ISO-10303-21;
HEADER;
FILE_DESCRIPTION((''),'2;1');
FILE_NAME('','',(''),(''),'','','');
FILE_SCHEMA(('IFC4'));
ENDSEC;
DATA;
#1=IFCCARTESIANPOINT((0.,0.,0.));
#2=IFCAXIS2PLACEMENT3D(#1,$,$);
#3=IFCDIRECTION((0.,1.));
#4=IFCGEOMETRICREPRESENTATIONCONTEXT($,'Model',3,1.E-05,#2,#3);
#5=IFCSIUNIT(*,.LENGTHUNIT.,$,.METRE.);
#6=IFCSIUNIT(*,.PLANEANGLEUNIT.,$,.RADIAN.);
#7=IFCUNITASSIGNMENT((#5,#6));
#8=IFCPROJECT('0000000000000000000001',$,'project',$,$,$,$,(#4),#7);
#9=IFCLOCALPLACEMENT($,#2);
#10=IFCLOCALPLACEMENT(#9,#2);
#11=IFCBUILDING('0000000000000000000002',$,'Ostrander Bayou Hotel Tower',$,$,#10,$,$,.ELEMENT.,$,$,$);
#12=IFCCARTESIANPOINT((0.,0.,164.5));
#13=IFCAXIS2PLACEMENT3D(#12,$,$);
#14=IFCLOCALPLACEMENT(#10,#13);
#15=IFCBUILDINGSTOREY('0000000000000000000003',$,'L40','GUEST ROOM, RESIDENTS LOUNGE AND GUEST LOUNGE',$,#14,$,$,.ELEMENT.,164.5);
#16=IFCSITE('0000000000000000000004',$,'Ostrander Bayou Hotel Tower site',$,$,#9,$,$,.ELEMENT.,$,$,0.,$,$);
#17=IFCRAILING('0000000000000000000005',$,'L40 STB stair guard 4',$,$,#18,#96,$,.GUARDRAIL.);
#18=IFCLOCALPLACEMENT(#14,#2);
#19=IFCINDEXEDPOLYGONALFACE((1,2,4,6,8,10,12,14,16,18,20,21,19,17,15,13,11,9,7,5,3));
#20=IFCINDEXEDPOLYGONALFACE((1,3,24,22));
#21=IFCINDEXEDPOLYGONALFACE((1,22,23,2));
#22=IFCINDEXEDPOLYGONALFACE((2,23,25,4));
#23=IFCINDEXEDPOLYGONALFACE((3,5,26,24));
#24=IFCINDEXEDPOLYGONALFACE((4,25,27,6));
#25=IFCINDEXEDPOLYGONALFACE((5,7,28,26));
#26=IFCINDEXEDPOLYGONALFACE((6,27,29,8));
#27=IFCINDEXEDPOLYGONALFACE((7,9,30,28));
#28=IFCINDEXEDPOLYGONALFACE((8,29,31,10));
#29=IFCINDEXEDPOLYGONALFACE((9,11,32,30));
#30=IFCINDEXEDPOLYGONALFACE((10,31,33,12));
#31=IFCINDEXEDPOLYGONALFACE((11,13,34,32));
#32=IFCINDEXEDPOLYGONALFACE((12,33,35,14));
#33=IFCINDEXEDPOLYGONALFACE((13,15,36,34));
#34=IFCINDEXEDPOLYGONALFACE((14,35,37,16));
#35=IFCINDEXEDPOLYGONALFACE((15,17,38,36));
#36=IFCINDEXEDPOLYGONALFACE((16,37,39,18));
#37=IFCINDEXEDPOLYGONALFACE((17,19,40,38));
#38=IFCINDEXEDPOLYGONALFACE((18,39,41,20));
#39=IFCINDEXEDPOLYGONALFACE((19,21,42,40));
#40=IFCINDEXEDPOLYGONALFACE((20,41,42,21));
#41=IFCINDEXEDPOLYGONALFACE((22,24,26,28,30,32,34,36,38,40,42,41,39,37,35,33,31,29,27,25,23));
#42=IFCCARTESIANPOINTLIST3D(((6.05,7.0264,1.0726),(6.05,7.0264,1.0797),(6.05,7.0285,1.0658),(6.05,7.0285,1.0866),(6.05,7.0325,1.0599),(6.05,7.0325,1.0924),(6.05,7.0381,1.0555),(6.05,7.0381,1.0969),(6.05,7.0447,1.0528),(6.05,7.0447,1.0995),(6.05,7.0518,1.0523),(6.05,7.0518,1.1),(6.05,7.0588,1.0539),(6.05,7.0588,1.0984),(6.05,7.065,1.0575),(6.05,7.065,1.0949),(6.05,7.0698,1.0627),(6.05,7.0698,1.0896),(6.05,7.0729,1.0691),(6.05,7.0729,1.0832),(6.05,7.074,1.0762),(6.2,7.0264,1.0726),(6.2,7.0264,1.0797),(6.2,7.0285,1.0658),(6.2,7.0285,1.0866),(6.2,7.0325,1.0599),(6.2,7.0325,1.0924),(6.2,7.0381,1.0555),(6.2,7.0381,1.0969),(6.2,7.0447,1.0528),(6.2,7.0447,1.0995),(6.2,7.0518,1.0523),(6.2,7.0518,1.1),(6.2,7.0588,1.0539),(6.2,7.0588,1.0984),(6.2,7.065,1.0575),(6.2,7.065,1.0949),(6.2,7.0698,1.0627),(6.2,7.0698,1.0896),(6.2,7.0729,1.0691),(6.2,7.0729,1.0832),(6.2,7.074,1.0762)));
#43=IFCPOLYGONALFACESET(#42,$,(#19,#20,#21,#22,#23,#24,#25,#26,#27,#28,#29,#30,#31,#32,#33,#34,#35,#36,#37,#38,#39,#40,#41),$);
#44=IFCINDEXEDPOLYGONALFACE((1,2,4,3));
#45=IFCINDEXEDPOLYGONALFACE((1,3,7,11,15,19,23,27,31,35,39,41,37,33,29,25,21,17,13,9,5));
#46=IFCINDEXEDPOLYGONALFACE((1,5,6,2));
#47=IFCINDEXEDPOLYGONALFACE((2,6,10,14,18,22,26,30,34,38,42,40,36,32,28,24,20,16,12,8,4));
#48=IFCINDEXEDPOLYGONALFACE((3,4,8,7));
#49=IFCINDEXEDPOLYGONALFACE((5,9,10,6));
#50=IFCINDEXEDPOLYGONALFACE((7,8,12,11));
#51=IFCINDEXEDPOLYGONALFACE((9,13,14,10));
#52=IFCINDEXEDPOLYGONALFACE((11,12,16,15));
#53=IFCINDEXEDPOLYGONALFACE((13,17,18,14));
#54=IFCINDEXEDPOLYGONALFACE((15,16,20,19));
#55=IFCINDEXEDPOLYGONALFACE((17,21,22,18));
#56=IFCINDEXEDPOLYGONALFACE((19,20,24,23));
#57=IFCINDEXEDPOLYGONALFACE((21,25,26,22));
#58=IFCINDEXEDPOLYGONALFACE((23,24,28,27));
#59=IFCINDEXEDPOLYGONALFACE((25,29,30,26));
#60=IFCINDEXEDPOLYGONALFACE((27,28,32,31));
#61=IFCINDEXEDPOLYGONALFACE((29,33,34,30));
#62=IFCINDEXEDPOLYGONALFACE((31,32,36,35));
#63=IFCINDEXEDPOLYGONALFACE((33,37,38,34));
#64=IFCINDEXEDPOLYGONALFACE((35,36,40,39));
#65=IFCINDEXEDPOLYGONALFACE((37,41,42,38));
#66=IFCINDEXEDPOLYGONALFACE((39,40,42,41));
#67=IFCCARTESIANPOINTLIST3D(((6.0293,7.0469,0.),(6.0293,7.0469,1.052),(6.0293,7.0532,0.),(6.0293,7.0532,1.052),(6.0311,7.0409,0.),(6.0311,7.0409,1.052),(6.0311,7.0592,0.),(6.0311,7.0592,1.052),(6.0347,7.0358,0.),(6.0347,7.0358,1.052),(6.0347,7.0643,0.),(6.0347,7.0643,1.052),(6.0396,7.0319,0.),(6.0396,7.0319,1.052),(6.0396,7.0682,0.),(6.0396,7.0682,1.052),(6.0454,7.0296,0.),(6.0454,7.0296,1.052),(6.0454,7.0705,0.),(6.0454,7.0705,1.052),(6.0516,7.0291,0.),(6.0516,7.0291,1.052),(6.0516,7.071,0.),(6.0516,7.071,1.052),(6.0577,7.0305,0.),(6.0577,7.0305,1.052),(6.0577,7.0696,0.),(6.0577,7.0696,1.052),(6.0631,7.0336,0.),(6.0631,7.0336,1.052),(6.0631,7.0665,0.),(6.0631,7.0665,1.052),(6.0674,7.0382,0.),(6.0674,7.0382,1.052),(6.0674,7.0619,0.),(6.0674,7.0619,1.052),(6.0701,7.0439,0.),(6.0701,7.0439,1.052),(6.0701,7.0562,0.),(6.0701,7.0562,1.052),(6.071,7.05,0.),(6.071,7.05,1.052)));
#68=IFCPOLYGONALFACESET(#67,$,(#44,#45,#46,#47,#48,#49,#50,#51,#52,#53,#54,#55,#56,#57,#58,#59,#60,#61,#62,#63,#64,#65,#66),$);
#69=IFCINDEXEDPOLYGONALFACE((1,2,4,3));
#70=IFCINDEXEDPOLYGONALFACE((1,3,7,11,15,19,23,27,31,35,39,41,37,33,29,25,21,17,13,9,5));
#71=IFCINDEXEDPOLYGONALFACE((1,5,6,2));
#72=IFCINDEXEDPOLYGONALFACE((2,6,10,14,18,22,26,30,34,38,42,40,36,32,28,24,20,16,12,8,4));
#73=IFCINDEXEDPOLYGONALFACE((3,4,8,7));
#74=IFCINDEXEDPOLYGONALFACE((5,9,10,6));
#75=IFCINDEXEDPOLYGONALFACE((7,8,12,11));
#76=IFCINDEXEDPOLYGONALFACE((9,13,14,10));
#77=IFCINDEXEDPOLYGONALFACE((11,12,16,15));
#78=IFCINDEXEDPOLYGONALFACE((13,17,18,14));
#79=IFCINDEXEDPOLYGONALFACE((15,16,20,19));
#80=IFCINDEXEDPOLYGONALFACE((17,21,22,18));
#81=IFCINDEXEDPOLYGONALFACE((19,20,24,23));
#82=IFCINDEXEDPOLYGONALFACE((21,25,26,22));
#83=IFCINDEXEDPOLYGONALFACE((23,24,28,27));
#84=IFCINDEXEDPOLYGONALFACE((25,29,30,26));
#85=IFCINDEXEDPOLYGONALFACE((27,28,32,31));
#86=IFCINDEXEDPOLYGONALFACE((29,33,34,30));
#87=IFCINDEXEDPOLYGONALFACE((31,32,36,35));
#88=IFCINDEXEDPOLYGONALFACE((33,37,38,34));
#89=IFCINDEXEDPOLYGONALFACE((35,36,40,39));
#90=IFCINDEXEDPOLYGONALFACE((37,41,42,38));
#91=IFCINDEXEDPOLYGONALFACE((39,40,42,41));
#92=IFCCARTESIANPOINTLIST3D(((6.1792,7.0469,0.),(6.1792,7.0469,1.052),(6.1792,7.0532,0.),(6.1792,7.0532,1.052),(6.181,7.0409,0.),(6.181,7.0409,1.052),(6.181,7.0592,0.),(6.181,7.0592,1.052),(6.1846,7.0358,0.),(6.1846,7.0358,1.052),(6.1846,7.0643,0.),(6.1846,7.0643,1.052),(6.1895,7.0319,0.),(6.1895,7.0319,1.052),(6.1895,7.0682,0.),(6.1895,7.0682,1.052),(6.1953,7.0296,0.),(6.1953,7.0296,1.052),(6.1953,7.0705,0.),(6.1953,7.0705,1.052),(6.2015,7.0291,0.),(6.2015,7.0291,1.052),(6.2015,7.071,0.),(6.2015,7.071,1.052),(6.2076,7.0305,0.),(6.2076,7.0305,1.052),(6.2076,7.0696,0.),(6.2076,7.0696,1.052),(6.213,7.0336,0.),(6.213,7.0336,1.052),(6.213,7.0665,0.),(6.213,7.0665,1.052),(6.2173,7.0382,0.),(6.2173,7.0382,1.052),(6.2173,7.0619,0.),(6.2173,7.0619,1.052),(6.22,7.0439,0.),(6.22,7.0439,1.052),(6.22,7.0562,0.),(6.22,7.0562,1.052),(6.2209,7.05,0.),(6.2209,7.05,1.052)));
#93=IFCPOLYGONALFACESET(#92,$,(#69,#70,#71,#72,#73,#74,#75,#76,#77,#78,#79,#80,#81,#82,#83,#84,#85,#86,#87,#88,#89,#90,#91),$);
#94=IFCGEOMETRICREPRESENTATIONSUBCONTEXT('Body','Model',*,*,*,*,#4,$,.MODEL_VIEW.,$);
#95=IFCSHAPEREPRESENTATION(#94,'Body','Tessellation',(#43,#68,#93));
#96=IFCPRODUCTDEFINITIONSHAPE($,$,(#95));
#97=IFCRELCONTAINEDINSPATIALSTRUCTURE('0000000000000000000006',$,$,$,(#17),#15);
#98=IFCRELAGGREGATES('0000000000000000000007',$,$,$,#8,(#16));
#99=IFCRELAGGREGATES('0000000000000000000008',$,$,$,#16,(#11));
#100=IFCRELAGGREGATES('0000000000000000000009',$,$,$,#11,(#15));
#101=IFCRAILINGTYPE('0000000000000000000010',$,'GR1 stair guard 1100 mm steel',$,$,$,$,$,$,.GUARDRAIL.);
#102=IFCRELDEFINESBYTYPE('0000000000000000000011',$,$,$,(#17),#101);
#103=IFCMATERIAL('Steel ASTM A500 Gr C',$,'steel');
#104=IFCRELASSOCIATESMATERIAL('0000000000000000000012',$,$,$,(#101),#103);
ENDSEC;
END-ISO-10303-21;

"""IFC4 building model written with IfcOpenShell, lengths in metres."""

from ifc_helpers import new_model, si_unit, direction, frame, origin, origin_2d, place, context, subcontext, project, spatial, circle, extrude, material, type_object, element, save


model = new_model("IFC4")

# Units and contexts
model_context = context("Model", 3, precision=1e-05, world=origin(), true_north=direction((0.0, 1.0)))
body_context = subcontext(model_context, "Body", "Model", "MODEL_VIEW")
ifc_project = project(units=[si_unit("LENGTHUNIT", "METRE"), si_unit("PLANEANGLEUNIT", "RADIAN")], contexts=[model_context])

# Site, building, storey
site_placement = place(None, origin())
site = spatial("IfcSite", under=ifc_project, at=site_placement, Name="Ostrander Bayou Hotel Tower site", CompositionType="ELEMENT", RefElevation=0.0)
building_placement = place(site_placement, origin())
building = spatial("IfcBuilding", under=site, at=building_placement, Name="Ostrander Bayou Hotel Tower", CompositionType="ELEMENT")
storey_placement = place(building_placement, frame((0.0, 0.0, 164.5)))
storey = spatial("IfcBuildingStorey", under=building, at=storey_placement, Name="L40", Description="GUEST ROOM, RESIDENTS LOUNGE AND GUEST LOUNGE", CompositionType="ELEMENT", Elevation=164.5)

# Railing
ifc_material_1 = material(Name="Steel ASTM A500 Gr C", Category="steel")
railing_type_1 = type_object("IfcRailingType", Name="GR1 stair guard 1100 mm steel", PredefinedType="GUARDRAIL", material=ifc_material_1)
railing_1_placement = place(storey_placement, frame((6.05, 7.05, 0.0)))
element("IfcRailing", 1, at=railing_1_placement, inside=storey, type_object=railing_type_1, Name="L40 STB stair guard 4", PredefinedType="GUARDRAIL", context=body_context, shape_type="SweptSolid", body=[
    extrude(circle(Radius=0.0239, at=origin_2d()), frame((0.0, 0.0, 1.0762), z_axis=(1.0, 0.0, 0.0), x_axis=(0.0, 1.0, 0.0)), (0.0, 0.0, 1.0), 0.1499),
    extrude(circle(Radius=0.021, at=origin_2d()), origin(), (0.0, 0.0, 1.0), 1.052),
    extrude(circle(Radius=0.021, at=origin_2d()), frame((0.1499, 0.0, 0.0)), (0.0, 0.0, 1.0), 1.052),
])

save(model, "model.ifc")
